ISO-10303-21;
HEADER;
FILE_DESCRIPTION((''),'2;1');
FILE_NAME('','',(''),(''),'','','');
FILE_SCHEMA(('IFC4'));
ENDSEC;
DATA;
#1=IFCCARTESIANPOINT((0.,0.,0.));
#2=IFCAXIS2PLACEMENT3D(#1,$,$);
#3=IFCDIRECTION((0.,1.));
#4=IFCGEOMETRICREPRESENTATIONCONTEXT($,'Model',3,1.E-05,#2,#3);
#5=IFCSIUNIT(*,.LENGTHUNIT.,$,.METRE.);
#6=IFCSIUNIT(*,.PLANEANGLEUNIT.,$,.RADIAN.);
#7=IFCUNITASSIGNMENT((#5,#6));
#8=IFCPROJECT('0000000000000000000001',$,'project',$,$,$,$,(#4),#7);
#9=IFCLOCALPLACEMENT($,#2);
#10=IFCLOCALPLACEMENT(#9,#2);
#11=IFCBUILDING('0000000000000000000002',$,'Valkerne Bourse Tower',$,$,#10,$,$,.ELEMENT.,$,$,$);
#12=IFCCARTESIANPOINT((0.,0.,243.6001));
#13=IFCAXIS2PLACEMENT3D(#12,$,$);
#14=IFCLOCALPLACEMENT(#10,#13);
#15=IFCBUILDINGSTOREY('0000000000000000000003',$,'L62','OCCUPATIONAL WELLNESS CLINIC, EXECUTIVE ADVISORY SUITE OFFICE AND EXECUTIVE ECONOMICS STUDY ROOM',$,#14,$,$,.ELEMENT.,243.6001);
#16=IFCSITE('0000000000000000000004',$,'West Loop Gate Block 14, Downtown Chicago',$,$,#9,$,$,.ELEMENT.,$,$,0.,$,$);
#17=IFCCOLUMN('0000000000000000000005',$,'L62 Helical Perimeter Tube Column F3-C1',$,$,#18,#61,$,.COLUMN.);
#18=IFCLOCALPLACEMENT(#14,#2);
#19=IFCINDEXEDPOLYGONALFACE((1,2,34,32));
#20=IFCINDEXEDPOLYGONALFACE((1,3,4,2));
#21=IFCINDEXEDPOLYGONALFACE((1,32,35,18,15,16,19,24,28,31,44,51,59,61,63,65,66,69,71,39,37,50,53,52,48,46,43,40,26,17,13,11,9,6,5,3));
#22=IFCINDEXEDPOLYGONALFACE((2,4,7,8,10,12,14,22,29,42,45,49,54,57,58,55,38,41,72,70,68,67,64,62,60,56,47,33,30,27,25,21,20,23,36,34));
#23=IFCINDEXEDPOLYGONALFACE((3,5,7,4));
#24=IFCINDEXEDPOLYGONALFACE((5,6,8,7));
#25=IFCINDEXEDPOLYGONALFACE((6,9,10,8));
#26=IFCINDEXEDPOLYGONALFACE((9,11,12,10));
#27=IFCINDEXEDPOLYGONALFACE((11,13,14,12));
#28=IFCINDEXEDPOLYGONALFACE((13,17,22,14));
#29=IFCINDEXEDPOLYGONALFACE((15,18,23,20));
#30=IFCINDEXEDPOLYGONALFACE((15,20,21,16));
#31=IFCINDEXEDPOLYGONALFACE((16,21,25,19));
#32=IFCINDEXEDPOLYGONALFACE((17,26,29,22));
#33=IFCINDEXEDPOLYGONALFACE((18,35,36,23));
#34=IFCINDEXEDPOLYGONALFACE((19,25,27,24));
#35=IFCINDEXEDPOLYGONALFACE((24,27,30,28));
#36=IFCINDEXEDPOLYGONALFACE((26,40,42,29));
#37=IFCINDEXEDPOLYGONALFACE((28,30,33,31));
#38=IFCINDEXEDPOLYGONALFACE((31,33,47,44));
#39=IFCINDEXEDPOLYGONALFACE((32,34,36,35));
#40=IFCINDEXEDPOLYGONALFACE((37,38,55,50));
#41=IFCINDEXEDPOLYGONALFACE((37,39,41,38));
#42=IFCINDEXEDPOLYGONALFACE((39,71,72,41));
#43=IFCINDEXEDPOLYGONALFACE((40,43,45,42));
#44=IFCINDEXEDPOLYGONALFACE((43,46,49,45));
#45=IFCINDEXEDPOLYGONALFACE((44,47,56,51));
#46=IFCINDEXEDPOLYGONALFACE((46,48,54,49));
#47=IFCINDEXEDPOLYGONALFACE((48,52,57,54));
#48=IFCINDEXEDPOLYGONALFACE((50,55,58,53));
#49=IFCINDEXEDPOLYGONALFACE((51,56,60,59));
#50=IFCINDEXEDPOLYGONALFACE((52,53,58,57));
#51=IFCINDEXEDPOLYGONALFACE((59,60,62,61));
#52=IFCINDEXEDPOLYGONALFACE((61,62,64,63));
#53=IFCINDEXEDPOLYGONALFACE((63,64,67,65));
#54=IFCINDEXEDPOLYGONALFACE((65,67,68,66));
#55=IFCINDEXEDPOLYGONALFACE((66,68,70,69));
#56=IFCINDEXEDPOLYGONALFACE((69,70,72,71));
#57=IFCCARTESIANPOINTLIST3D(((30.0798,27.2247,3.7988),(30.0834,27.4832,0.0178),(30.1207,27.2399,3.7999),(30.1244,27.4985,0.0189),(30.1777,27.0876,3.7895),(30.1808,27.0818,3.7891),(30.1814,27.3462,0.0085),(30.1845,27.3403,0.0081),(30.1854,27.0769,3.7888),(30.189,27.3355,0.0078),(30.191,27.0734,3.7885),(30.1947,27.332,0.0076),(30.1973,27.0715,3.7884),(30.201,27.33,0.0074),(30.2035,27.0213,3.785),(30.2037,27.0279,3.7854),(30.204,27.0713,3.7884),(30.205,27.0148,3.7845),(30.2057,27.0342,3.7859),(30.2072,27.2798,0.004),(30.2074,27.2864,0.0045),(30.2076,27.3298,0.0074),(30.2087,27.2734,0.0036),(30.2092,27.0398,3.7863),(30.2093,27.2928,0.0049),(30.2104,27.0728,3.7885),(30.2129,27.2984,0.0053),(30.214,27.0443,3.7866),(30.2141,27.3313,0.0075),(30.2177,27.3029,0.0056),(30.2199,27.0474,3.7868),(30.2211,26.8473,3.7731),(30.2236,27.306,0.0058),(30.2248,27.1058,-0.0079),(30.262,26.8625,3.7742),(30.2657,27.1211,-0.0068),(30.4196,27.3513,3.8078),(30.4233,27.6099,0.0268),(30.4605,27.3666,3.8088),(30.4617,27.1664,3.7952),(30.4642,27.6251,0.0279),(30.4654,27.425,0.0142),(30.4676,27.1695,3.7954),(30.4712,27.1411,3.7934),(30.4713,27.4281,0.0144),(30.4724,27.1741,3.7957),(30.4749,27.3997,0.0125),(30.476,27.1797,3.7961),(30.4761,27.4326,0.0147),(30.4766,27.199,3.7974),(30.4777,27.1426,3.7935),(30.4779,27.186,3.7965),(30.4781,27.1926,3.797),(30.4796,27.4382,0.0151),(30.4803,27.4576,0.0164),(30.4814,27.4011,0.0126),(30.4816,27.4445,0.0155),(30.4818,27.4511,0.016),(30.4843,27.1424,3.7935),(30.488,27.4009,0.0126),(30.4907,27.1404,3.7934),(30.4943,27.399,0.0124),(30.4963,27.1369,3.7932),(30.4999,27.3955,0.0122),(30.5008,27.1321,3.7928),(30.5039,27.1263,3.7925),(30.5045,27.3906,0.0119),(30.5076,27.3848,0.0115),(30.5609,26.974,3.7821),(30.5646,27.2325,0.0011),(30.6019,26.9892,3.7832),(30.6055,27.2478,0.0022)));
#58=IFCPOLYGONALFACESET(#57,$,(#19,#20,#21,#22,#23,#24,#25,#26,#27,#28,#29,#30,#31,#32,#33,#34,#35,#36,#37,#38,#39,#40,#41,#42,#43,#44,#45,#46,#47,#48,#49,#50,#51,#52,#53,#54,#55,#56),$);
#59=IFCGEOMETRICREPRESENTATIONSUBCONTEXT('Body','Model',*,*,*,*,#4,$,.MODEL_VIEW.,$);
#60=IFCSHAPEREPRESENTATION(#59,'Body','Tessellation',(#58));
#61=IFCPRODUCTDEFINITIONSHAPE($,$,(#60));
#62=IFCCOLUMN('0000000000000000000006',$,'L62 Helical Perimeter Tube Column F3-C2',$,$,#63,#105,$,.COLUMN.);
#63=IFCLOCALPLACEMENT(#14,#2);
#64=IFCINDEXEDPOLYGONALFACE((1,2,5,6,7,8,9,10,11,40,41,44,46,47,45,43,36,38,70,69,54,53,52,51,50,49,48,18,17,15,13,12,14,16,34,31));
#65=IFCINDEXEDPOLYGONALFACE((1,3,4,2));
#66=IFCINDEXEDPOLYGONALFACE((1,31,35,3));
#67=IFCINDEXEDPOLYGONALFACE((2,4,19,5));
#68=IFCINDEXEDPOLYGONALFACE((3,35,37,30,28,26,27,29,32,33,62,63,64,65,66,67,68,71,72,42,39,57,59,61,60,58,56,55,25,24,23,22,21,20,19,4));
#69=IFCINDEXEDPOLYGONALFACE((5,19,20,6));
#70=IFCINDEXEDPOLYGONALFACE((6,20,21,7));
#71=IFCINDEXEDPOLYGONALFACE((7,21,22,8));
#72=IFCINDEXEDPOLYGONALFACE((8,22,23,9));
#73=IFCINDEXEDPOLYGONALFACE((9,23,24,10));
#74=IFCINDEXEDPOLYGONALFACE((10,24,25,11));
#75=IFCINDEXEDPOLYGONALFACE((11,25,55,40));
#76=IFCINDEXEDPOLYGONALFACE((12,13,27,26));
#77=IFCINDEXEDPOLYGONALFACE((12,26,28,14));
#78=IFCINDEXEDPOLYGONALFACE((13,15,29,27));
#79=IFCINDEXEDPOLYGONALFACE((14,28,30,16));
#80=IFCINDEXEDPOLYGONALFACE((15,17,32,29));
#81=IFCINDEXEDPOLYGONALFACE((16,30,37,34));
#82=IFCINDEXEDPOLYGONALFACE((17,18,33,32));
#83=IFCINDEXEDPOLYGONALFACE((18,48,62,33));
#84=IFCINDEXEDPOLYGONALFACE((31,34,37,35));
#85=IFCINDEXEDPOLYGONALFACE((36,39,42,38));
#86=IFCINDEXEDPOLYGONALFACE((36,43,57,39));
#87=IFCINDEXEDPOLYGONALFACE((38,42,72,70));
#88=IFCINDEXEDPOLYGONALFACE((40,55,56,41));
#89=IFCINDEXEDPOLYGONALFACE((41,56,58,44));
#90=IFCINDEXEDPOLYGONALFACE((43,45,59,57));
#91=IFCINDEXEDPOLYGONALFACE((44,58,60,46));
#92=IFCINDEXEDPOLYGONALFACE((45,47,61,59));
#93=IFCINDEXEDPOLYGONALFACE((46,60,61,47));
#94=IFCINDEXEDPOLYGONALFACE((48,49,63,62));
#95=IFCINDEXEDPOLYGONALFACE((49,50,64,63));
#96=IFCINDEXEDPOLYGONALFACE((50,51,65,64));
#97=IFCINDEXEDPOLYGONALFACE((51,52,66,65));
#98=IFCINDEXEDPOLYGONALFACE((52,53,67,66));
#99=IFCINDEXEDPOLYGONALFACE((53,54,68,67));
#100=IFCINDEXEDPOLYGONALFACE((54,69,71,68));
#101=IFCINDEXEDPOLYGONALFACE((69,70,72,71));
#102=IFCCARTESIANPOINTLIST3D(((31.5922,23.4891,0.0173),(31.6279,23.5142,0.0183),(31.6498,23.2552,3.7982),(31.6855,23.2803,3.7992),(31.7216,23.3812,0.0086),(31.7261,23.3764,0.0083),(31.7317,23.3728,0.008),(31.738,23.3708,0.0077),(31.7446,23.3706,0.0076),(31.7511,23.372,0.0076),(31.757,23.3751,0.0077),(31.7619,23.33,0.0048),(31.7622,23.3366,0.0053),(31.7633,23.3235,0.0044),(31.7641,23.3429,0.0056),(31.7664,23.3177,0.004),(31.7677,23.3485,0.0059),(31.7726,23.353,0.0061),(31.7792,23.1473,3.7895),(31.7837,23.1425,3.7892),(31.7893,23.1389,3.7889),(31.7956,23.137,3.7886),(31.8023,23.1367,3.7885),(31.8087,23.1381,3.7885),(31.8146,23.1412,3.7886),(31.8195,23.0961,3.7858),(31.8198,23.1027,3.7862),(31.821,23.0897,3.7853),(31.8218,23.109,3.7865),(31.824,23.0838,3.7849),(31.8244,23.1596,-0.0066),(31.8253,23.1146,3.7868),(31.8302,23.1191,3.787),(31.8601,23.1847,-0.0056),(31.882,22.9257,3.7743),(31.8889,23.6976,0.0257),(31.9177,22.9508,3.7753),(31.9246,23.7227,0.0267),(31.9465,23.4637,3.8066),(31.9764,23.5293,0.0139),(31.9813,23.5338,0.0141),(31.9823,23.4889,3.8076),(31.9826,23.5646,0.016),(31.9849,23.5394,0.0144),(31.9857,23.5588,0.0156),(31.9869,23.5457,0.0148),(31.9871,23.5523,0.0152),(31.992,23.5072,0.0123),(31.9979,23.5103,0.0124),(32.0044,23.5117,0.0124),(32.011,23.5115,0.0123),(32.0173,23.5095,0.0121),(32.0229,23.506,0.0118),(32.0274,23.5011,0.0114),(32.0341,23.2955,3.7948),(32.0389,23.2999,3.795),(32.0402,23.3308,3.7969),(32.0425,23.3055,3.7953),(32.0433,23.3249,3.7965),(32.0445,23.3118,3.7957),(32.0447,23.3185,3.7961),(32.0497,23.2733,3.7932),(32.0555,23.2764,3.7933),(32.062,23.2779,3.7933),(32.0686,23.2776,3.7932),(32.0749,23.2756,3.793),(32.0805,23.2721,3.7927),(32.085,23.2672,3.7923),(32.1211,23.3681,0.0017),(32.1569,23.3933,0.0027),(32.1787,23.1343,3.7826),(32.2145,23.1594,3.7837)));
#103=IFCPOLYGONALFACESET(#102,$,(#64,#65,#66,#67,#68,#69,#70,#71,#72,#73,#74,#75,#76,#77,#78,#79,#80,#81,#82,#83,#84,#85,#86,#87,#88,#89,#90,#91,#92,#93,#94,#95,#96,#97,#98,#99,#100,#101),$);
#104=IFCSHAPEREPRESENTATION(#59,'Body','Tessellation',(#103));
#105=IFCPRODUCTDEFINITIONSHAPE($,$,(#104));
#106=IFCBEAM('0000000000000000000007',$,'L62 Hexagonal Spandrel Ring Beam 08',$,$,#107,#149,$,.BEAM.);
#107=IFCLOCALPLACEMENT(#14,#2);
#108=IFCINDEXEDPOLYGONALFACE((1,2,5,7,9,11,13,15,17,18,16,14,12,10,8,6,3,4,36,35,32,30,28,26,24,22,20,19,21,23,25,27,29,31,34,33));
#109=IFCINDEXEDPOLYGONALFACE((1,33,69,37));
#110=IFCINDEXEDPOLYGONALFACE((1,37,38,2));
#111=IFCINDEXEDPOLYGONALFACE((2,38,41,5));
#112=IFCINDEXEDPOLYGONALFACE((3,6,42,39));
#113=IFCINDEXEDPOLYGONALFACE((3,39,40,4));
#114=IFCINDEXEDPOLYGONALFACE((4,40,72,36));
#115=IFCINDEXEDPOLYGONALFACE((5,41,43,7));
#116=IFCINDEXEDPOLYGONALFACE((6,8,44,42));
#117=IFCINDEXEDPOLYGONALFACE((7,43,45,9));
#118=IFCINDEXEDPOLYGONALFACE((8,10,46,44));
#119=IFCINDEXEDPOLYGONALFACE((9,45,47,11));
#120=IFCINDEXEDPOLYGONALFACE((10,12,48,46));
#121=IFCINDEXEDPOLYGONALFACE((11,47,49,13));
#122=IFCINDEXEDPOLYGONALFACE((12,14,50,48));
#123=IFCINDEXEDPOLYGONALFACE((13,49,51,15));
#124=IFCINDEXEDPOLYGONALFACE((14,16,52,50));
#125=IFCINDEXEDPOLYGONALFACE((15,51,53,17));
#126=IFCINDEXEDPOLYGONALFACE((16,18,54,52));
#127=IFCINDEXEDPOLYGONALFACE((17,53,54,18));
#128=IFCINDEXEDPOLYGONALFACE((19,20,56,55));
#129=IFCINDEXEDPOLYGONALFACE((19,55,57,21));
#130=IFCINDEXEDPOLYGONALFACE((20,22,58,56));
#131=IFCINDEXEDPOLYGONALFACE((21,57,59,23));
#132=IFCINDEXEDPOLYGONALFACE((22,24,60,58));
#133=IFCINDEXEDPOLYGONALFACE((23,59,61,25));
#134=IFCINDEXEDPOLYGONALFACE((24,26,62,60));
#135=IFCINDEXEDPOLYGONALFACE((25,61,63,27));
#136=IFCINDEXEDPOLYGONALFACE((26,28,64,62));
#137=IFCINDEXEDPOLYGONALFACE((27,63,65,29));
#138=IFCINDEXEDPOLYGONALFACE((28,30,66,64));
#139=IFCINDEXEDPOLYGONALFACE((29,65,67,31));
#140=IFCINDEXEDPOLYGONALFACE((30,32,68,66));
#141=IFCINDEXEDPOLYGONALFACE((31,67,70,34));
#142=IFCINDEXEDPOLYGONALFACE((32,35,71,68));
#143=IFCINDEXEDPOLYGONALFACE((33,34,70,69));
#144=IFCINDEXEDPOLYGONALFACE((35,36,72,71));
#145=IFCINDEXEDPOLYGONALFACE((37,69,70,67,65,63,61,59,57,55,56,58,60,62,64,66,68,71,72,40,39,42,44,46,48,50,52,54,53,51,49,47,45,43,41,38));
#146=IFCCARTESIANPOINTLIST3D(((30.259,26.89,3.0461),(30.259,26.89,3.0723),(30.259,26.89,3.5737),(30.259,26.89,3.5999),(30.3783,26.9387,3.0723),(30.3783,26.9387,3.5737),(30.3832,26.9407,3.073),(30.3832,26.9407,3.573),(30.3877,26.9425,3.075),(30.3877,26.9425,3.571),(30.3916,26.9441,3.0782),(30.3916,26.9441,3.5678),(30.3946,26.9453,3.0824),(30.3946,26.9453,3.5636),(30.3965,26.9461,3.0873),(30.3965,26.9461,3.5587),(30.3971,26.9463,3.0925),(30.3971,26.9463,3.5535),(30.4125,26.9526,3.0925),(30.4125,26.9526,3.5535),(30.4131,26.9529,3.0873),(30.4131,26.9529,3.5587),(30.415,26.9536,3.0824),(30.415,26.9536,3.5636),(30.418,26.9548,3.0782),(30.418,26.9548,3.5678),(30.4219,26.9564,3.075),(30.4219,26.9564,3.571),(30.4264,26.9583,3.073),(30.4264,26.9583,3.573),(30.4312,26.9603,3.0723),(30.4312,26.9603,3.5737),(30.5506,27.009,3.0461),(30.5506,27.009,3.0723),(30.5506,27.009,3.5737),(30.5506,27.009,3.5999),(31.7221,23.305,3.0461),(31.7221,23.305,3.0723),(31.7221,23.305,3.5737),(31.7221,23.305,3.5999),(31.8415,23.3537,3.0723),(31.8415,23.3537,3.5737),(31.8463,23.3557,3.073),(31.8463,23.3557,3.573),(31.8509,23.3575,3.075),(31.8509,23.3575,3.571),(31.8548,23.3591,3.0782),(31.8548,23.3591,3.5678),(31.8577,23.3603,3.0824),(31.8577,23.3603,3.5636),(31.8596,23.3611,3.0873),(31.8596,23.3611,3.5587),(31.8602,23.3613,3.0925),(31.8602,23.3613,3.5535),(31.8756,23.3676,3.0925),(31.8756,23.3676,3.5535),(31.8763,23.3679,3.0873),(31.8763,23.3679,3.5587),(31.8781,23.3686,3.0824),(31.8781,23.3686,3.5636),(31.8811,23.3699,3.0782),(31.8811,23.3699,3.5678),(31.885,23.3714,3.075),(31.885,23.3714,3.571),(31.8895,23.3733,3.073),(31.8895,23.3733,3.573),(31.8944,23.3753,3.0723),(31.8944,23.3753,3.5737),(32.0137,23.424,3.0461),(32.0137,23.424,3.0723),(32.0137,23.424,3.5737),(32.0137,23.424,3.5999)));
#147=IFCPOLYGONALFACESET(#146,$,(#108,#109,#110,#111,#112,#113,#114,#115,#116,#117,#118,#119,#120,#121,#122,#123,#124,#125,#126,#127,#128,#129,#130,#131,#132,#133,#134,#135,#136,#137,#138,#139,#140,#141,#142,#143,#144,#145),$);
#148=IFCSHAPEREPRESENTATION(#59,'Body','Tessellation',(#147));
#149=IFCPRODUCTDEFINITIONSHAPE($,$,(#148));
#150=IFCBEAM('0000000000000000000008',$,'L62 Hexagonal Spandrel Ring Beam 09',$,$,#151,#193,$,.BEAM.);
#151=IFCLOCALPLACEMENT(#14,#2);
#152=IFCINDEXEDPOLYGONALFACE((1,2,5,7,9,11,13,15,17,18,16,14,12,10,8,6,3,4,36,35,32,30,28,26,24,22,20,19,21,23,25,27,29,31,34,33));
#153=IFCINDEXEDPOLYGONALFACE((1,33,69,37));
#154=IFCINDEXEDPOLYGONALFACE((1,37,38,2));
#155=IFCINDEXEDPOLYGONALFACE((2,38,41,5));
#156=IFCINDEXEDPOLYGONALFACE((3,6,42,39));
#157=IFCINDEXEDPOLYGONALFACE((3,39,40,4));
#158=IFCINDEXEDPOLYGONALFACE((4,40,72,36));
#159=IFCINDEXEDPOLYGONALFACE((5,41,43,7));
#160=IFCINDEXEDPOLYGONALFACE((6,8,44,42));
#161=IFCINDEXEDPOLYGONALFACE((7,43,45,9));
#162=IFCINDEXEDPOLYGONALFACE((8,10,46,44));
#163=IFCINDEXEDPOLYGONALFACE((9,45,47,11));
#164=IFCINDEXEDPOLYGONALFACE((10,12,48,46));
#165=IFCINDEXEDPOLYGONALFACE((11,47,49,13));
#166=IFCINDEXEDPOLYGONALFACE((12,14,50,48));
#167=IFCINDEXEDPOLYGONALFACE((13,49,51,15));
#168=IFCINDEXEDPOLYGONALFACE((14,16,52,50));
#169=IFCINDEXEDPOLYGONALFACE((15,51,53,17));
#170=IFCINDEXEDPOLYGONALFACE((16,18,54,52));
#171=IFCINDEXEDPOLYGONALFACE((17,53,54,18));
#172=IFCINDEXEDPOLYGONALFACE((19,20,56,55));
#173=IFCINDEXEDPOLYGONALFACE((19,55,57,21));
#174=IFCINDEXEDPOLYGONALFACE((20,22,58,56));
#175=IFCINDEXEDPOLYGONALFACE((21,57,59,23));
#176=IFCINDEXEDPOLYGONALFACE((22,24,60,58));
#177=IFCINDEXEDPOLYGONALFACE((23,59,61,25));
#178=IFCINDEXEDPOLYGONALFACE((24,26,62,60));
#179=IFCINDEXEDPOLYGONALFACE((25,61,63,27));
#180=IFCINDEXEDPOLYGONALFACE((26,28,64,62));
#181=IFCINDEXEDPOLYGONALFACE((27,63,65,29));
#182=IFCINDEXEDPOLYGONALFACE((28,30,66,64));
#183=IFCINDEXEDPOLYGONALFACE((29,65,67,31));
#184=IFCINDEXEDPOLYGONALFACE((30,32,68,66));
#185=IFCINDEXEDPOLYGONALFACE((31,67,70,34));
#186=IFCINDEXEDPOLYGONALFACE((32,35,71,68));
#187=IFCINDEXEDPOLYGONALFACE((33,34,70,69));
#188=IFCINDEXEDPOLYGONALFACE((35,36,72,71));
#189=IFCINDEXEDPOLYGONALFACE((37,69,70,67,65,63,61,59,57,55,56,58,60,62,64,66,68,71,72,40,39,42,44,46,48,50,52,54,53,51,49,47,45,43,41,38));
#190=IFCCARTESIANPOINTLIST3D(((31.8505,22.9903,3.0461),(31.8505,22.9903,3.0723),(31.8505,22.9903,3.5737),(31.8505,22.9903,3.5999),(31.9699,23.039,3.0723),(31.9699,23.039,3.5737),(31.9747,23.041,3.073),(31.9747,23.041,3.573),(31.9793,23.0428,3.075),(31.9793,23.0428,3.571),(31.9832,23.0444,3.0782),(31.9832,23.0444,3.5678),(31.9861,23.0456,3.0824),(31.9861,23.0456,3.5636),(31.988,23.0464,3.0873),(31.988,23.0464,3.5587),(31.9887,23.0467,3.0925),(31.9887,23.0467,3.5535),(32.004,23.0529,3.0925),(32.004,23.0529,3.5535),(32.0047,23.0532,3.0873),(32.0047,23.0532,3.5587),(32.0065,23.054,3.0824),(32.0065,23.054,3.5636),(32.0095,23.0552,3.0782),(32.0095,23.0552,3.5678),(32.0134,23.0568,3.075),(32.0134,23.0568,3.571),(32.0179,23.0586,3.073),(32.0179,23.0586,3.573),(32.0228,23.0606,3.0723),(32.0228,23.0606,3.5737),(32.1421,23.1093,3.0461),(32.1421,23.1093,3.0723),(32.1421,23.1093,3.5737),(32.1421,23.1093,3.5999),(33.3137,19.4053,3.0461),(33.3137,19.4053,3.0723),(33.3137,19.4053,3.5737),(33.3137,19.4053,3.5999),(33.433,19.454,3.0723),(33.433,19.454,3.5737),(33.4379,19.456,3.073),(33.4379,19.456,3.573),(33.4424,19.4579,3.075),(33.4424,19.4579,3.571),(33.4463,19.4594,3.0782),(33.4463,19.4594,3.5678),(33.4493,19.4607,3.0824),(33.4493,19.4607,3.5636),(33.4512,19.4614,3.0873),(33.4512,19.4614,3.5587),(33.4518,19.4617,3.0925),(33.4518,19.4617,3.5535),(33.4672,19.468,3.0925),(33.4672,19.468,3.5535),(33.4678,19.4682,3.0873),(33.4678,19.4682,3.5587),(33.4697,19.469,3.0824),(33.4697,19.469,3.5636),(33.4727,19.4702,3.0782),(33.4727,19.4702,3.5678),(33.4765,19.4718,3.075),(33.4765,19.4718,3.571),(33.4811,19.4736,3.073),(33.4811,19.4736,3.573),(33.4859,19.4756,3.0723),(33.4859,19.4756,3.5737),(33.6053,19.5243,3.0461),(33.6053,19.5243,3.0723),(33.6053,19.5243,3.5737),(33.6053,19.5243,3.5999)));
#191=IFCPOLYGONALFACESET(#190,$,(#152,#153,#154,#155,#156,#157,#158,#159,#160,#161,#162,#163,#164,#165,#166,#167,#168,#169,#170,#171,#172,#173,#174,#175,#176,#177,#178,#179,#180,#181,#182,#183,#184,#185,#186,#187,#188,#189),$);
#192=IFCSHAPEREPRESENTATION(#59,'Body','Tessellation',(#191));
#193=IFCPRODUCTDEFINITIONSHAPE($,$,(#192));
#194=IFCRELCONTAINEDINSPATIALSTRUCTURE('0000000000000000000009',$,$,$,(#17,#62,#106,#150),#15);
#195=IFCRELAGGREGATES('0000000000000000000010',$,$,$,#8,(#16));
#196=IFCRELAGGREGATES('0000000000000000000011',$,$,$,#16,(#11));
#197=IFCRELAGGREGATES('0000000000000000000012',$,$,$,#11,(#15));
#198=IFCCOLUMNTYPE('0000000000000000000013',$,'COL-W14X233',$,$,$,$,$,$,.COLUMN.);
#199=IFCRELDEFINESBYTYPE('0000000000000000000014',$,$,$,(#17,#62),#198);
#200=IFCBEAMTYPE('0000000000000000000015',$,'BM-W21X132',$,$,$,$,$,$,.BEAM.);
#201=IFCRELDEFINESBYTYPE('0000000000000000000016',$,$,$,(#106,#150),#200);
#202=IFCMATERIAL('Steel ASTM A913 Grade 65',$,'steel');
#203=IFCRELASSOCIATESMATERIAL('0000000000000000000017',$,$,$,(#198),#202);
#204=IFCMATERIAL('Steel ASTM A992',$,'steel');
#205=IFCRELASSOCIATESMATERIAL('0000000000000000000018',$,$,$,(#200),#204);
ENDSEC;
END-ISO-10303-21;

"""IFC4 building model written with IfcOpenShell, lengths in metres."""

from ifc_helpers import new_model, si_unit, direction, frame, origin, origin_2d, place, context, subcontext, project, spatial, i_section, extrude, material, material_profile, profile_set, type_object, element, save


model = new_model("IFC4")

# Units and contexts
model_context = context("Model", 3, precision=1e-05, world=origin(), true_north=direction((0.0, 1.0)))
body_context = subcontext(model_context, "Body", "Model", "MODEL_VIEW")
ifc_project = project(units=[si_unit("LENGTHUNIT", "METRE"), si_unit("PLANEANGLEUNIT", "RADIAN")], contexts=[model_context])

# Site, building, storey
site_placement = place(None, origin())
site = spatial("IfcSite", under=ifc_project, at=site_placement, Name="West Loop Gate Block 14, Downtown Chicago", CompositionType="ELEMENT", RefElevation=0.0)
building_placement = place(site_placement, origin())
building = spatial("IfcBuilding", under=site, at=building_placement, Name="Valkerne Bourse Tower", CompositionType="ELEMENT")
storey_placement = place(building_placement, frame((0.0, 0.0, 243.6001)))
storey = spatial("IfcBuildingStorey", under=building, at=storey_placement, Name="L62", Description="OCCUPATIONAL WELLNESS CLINIC, EXECUTIVE ADVISORY SUITE OFFICE AND EXECUTIVE ECONOMICS STUDY ROOM", CompositionType="ELEMENT", Elevation=243.6001)

# Columns
ifc_material_1 = material(Name="Steel ASTM A913 Grade 65", Category="steel")
ifc_material_profile_1 = material_profile(ifc_material_1, i_section(OverallWidth=0.4038, OverallDepth=0.4065, WebThickness=0.0271, FlangeThickness=0.0437, FilletRadius=0.0254, at=origin_2d()), Name="W14X233")
ifc_profile_set_1 = profile_set([ifc_material_profile_1], Name="Steel ASTM A913 Grade 65")
column_type = type_object("IfcColumnType", Name="COL-W14X233", PredefinedType="COLUMN", material=ifc_profile_set_1)
column_1_placement = place(storey_placement, frame((30.3445, 27.3655, 0.01), z_axis=(-0.000966, -0.068221, 0.99767), x_axis=(0.35005, -0.934572, -0.063567)))
element("IfcColumn", 1, at=column_1_placement, inside=storey, type_object=column_type, Name="L62 Helical Perimeter Tube Column F3-C1", PredefinedType="COLUMN", context=body_context, shape_type="SweptSolid", body=[
    extrude(i_section(OverallWidth=0.4038, OverallDepth=0.4065, WebThickness=0.0271, FlangeThickness=0.0437, FilletRadius=0.0254, at=origin_2d()), origin(), (0.0, 0.0, 1.0), 3.7898),
])
column_2_placement = place(storey_placement, frame((31.8745, 23.4412, 0.01), z_axis=(0.015208, -0.061733, 0.997977), x_axis=(0.575112, -0.815927, -0.059236)))
element("IfcColumn", 2, at=column_2_placement, inside=storey, type_object=column_type, Name="L62 Helical Perimeter Tube Column F3-C2", PredefinedType="COLUMN", context=body_context, shape_type="SweptSolid", body=[
    extrude(i_section(OverallWidth=0.4038, OverallDepth=0.4065, WebThickness=0.0271, FlangeThickness=0.0437, FilletRadius=0.0254, at=origin_2d()), origin(), (0.0, 0.0, 1.0), 3.7886),
])

# Beams
ifc_material_2 = material(Name="Steel ASTM A992", Category="steel")
ifc_material_profile_2 = material_profile(ifc_material_2, i_section(OverallWidth=0.3149, OverallDepth=0.5537, WebThickness=0.0166, FlangeThickness=0.0261, FilletRadius=0.0203, at=origin_2d()), Name="W21X132")
ifc_profile_set_2 = profile_set([ifc_material_profile_2], Name="Steel ASTM A992")
beam_type = type_object("IfcBeamType", Name="BM-W21X132", PredefinedType="BEAM", material=ifc_profile_set_2)
for number, where, z_axis, x_axis, name in (
    (3, (30.4048, 26.9495, 3.323), (0.377872, -0.925858, 0.0), (0.925858, 0.377872, 0.0), "L62 Hexagonal Spandrel Ring Beam 08"),
    (4, (31.9963, 23.0498, 3.323), (0.377872, -0.925858, 0.0), (0.925858, 0.377872, 0.0), "L62 Hexagonal Spandrel Ring Beam 09"),
):
    element("IfcBeam", number, at=place(storey_placement, frame(where, z_axis=z_axis, x_axis=x_axis)), inside=storey, type_object=beam_type, Name=name, PredefinedType="BEAM", context=body_context, shape_type="SweptSolid", body=[
        extrude(i_section(OverallWidth=0.3149, OverallDepth=0.5537, WebThickness=0.0166, FlangeThickness=0.0261, FilletRadius=0.0203, at=origin_2d()), origin(), (0.0, 0.0, 1.0), 3.8721),
    ])

save(model, "model.ifc")
